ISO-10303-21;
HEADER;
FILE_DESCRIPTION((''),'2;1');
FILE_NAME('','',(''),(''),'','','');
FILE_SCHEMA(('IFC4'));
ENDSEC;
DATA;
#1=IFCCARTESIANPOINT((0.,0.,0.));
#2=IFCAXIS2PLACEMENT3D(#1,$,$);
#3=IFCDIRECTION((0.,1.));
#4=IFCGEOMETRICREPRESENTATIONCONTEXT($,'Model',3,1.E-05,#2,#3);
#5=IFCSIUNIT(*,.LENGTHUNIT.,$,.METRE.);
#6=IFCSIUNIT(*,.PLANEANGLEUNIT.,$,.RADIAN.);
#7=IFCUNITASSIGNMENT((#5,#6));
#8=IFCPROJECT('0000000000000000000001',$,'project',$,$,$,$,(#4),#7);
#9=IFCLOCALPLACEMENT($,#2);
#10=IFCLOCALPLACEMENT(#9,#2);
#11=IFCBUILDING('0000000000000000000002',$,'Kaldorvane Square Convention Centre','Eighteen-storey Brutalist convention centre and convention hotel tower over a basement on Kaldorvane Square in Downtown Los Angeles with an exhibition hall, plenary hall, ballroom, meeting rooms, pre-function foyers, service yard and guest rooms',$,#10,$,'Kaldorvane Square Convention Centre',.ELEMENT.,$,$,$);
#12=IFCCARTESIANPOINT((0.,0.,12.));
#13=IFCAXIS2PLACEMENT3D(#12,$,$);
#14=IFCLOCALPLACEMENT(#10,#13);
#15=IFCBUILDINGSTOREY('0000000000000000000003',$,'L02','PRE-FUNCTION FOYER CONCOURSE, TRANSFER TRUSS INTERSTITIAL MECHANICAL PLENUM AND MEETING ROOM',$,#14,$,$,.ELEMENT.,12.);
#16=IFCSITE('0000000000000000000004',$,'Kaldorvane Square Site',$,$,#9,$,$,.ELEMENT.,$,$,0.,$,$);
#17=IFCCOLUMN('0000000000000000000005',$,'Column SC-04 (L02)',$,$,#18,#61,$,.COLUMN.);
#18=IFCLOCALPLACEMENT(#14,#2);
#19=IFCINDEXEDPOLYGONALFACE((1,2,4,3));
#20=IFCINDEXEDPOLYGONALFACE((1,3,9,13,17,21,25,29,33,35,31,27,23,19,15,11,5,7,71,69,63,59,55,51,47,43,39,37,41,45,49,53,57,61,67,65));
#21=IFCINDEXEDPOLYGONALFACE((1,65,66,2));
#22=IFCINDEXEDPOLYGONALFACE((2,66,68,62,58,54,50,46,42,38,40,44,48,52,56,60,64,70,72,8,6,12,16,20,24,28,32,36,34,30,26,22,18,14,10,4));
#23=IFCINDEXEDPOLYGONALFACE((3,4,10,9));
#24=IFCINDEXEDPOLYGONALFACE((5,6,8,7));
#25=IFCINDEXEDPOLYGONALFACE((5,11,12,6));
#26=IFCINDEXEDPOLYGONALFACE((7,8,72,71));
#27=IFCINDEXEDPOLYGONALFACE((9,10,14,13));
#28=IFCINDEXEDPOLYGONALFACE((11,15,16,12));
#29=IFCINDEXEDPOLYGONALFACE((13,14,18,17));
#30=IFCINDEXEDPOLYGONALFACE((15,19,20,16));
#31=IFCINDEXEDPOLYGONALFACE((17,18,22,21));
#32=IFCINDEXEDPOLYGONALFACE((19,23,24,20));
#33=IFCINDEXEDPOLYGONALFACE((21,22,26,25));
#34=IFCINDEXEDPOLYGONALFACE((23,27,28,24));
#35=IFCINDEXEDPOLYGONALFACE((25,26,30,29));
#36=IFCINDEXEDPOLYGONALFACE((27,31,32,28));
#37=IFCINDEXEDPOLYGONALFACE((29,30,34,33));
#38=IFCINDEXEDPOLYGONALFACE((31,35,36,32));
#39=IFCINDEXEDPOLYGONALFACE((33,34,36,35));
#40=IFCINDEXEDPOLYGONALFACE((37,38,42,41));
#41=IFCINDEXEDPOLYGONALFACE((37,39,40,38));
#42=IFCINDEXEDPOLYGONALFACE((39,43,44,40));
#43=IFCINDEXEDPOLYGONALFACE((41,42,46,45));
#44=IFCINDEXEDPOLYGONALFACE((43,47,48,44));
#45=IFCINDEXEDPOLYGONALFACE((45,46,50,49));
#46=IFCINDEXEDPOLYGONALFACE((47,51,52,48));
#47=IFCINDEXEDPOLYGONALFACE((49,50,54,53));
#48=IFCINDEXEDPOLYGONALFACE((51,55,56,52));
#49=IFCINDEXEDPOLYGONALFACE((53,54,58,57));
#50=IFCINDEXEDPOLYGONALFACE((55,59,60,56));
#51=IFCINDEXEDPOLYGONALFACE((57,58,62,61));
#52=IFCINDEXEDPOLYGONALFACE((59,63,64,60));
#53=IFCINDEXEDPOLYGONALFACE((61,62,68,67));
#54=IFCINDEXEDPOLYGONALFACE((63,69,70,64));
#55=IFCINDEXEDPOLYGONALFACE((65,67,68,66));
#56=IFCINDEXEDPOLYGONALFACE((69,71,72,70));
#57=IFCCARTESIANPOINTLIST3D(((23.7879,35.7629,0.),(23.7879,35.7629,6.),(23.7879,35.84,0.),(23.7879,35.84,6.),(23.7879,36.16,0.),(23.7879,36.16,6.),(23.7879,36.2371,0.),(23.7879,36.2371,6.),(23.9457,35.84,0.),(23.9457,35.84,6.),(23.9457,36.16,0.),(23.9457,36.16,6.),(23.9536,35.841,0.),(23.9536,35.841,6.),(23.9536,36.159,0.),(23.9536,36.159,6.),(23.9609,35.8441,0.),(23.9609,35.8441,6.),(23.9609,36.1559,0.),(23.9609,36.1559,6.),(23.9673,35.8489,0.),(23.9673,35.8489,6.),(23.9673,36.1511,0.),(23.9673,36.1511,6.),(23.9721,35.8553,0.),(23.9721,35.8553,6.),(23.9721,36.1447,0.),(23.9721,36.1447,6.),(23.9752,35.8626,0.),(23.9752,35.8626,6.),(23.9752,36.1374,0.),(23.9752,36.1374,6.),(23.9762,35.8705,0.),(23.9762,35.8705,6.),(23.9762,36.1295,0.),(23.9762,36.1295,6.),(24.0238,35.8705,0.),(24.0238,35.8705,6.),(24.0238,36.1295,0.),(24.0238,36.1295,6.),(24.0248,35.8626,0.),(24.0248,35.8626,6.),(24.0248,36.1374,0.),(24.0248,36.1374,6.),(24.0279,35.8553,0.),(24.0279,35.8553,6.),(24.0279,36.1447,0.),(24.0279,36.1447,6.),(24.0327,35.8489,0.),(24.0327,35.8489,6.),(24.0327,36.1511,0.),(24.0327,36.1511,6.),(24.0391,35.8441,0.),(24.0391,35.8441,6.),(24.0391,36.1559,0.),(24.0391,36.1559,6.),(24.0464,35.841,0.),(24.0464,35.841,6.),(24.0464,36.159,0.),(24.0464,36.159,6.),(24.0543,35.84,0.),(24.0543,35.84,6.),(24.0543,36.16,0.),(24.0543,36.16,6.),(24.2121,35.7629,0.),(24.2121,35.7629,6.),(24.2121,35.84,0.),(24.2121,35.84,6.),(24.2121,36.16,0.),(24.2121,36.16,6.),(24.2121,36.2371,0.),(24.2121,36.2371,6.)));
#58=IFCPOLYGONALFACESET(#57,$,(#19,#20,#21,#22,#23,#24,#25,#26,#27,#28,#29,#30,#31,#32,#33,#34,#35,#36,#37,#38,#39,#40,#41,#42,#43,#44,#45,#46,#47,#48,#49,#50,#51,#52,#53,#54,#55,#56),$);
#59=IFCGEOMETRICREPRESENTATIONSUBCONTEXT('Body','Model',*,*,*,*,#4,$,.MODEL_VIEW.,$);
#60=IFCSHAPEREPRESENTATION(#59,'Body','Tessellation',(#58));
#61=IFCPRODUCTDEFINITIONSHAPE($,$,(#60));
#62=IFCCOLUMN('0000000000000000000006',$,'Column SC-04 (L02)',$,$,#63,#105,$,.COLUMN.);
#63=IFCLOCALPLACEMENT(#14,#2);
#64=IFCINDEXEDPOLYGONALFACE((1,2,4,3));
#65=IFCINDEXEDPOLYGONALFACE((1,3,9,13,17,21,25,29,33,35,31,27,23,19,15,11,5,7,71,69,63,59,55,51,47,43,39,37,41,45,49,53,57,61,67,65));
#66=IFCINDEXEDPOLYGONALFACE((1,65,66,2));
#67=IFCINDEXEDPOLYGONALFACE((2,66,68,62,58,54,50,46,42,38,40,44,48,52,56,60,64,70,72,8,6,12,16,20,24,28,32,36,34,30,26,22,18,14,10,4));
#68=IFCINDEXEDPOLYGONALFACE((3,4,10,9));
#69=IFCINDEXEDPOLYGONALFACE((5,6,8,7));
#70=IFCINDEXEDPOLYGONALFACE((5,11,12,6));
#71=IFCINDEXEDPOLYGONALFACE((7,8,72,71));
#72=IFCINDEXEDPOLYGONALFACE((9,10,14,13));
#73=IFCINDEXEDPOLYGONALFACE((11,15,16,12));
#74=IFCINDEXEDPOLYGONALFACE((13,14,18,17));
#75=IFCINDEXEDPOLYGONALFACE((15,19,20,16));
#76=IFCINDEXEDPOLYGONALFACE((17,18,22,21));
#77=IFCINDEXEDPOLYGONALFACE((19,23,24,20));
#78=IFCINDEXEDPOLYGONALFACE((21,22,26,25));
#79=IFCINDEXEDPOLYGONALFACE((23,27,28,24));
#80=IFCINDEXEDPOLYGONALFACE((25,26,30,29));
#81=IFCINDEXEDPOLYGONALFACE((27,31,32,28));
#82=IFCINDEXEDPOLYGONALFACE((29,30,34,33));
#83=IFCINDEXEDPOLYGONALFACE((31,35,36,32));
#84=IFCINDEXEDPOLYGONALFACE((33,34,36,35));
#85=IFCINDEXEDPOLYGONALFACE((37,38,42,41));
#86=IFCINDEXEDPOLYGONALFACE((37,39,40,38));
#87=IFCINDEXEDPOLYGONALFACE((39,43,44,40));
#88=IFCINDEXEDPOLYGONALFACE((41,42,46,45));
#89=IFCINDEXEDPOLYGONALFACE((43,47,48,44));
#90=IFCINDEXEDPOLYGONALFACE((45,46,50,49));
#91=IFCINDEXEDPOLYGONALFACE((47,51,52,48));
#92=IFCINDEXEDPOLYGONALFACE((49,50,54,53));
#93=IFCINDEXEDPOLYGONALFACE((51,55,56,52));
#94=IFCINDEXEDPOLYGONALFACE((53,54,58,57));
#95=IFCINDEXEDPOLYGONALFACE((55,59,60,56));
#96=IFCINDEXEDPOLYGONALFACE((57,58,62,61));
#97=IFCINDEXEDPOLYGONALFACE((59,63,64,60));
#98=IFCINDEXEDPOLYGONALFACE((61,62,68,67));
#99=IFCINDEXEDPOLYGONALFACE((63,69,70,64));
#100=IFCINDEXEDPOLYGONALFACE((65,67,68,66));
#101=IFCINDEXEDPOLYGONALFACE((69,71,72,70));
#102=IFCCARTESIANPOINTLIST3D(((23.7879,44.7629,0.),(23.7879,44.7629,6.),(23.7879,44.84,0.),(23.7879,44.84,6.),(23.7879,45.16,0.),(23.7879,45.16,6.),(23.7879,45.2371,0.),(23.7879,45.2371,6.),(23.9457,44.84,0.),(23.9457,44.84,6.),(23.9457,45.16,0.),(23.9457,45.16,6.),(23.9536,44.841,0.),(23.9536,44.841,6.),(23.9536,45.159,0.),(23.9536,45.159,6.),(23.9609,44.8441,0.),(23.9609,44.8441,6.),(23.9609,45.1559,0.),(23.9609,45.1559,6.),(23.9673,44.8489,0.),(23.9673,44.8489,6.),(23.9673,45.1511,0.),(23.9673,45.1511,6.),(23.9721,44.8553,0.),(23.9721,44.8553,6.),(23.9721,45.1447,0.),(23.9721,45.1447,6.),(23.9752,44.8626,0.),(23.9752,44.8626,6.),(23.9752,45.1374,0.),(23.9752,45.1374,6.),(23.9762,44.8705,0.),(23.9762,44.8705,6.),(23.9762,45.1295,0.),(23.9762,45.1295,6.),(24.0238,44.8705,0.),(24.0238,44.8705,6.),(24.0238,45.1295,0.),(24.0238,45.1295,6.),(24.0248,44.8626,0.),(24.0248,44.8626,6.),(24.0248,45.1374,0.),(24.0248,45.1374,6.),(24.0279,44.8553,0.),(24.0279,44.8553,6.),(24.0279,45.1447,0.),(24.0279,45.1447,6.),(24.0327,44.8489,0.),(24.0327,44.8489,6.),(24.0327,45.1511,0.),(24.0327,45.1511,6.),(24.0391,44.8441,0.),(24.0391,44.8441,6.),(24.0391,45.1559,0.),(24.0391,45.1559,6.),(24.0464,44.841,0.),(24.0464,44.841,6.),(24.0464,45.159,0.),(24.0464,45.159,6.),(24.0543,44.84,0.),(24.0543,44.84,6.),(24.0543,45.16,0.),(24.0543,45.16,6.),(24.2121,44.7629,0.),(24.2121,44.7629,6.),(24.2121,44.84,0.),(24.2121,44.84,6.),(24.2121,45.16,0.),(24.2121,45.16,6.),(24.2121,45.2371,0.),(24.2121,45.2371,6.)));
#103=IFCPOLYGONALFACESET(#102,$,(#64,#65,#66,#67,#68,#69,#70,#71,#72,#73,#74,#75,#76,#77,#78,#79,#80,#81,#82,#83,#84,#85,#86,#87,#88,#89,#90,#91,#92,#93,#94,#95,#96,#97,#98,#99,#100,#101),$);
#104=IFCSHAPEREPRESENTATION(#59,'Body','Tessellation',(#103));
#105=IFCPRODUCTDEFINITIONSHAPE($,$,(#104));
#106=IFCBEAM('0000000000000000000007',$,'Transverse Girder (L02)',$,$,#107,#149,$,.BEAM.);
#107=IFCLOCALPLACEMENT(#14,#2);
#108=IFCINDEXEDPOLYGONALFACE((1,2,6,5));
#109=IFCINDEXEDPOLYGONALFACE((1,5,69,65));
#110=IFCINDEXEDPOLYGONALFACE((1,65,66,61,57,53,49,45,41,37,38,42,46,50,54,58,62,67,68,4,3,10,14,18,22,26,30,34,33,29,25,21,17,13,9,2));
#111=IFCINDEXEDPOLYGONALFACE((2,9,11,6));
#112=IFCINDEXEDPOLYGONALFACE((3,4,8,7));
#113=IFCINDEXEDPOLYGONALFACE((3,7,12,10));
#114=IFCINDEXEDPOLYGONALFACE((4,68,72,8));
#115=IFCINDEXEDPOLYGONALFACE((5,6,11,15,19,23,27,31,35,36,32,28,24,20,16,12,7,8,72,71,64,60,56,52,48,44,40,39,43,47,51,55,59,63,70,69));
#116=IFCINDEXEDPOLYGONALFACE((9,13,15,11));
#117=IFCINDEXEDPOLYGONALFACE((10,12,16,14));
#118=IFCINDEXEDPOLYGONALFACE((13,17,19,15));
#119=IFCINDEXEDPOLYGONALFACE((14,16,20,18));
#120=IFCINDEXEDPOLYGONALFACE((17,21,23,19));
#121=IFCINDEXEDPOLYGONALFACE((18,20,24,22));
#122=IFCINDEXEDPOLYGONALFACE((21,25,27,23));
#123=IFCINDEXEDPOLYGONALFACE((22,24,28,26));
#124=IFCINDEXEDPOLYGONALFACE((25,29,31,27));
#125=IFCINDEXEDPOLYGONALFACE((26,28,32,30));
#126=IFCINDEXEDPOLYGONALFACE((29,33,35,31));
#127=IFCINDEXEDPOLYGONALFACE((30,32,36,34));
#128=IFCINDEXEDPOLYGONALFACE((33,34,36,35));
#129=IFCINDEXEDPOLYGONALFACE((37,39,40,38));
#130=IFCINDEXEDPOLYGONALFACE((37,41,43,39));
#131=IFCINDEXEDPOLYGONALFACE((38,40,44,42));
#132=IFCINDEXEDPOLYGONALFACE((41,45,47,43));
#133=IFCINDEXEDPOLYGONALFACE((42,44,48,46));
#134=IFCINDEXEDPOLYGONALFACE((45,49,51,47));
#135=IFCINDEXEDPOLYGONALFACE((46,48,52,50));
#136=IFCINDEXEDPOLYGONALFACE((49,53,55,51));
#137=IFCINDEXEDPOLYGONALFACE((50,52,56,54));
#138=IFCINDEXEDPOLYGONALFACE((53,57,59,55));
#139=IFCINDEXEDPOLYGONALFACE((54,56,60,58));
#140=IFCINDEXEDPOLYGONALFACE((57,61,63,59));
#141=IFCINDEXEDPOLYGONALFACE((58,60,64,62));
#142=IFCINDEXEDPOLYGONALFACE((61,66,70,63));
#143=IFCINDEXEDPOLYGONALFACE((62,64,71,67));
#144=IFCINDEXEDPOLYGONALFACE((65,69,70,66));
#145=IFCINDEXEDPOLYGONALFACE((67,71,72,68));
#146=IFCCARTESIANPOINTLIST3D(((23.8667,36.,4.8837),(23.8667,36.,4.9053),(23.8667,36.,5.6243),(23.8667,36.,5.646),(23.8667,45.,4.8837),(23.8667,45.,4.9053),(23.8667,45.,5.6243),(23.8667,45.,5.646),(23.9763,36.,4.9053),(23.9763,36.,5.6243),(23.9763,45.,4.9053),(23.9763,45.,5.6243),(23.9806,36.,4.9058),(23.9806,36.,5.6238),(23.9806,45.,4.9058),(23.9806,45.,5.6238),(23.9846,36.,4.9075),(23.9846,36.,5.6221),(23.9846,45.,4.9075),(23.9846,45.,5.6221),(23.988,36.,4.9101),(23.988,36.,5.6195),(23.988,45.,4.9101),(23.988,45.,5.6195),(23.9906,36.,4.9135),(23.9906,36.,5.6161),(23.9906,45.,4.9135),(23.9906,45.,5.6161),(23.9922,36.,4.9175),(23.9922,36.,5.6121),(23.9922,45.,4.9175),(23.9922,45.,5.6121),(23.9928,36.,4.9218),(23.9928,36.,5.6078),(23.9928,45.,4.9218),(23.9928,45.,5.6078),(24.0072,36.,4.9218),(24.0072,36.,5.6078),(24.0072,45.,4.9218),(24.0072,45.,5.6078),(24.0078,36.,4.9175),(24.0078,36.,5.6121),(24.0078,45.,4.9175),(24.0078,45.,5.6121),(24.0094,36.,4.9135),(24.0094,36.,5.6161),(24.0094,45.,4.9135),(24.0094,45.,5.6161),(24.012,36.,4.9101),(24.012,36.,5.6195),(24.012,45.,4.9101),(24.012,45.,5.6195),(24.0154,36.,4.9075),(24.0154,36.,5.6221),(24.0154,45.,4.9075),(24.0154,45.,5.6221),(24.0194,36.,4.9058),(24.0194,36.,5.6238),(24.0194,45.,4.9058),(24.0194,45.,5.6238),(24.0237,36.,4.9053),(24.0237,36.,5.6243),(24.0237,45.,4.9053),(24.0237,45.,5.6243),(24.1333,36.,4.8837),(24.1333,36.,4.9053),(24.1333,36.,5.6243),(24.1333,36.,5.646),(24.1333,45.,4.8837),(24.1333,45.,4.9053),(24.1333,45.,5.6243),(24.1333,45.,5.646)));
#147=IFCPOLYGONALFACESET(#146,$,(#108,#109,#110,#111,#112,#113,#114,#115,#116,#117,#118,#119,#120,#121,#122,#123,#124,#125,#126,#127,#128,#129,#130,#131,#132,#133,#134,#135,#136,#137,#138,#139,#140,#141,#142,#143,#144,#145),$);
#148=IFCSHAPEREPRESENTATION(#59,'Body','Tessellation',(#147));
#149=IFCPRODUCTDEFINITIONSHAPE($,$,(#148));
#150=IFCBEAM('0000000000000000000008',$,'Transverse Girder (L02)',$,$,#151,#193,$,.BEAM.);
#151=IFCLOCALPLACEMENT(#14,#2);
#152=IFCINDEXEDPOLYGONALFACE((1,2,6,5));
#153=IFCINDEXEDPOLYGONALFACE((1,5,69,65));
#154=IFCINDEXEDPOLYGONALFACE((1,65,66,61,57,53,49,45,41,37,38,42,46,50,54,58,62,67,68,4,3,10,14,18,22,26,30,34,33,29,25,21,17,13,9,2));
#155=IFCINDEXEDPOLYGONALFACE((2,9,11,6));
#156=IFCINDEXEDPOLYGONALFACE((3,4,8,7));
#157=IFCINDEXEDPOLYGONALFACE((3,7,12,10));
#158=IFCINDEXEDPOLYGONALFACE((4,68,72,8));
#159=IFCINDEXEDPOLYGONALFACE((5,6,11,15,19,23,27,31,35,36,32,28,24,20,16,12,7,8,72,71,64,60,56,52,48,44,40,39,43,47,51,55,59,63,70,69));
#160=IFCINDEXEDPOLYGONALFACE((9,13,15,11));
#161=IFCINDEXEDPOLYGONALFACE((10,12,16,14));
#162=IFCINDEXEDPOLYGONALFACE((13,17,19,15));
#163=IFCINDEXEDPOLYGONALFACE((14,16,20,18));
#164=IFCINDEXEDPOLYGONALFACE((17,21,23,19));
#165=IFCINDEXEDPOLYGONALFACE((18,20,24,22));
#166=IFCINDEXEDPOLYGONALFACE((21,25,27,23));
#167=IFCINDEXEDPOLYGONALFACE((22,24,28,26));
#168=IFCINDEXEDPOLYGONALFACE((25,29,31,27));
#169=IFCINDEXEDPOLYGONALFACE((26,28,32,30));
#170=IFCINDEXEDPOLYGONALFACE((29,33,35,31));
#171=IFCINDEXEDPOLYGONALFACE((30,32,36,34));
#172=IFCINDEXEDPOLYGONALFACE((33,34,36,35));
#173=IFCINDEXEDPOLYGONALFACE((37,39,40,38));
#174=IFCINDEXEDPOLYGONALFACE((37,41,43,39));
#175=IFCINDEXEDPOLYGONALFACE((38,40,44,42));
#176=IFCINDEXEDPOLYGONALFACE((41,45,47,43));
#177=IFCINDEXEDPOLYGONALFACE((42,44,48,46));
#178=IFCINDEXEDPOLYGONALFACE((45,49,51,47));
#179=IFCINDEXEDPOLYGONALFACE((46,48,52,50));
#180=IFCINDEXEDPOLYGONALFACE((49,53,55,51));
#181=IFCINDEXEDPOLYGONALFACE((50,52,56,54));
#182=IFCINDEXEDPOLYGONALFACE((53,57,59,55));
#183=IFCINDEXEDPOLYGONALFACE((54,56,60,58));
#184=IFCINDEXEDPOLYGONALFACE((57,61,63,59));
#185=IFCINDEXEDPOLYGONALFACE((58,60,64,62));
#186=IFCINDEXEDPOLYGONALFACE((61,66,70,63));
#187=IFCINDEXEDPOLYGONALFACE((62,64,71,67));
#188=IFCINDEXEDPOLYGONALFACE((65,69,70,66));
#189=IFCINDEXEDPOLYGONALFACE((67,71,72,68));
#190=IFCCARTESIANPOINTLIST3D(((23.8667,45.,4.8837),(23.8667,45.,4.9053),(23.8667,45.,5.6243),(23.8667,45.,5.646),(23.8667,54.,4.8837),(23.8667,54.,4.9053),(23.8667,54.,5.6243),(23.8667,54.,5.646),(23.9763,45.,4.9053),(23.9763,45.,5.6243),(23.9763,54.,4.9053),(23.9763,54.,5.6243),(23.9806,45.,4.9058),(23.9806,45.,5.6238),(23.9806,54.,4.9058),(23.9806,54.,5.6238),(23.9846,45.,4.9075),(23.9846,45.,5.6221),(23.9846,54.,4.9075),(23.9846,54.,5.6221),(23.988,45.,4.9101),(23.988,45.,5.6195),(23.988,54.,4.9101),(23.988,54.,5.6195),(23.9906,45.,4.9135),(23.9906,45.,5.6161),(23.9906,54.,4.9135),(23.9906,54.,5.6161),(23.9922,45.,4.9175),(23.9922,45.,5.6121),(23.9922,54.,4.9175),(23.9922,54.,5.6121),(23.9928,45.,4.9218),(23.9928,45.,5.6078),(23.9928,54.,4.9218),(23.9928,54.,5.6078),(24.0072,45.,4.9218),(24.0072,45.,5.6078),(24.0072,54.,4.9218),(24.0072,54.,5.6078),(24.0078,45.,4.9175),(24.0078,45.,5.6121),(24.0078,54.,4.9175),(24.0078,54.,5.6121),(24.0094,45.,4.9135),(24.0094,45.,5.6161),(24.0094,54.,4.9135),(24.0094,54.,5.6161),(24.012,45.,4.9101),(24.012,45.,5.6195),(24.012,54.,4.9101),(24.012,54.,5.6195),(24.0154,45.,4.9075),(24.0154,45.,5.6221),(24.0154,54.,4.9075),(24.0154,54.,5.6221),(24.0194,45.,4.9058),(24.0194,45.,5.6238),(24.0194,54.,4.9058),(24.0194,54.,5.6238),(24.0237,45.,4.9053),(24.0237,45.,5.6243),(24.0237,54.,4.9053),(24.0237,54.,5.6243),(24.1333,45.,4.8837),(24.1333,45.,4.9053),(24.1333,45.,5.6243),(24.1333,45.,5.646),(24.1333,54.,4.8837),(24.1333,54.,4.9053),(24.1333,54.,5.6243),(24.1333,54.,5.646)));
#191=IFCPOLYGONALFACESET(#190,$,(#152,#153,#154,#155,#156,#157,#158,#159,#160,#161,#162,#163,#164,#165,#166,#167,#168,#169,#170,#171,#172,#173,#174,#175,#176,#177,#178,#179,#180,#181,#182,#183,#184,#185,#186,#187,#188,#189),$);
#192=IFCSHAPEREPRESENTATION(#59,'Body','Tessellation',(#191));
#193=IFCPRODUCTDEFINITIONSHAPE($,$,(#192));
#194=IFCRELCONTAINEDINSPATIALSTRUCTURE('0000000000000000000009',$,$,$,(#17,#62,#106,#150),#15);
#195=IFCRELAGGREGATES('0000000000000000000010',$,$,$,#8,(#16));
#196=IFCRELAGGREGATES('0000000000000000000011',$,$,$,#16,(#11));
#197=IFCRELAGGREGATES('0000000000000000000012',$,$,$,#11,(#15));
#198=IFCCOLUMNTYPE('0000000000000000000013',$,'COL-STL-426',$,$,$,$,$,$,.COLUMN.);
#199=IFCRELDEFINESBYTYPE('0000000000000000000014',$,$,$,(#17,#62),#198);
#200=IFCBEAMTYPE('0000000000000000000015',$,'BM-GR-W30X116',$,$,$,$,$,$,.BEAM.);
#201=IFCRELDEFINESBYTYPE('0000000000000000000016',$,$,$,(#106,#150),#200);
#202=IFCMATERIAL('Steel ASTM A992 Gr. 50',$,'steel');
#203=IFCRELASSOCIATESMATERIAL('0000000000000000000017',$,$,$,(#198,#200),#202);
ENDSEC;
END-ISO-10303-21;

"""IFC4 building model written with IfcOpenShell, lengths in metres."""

from ifc_helpers import new_model, si_unit, direction, frame, origin, origin_2d, place, context, subcontext, project, spatial, i_section, extrude, material, material_profile, profile_set, type_object, element, save


model = new_model("IFC4")

# Units and contexts
model_context = context("Model", 3, precision=1e-05, world=origin(), true_north=direction((0.0, 1.0)))
body_context = subcontext(model_context, "Body", "Model", "MODEL_VIEW")
ifc_project = project(units=[si_unit("LENGTHUNIT", "METRE"), si_unit("PLANEANGLEUNIT", "RADIAN")], contexts=[model_context])

# Site, building, storey
site_placement = place(None, origin())
site = spatial("IfcSite", under=ifc_project, at=site_placement, Name="Kaldorvane Square Site", CompositionType="ELEMENT", RefElevation=0.0)
building_placement = place(site_placement, origin())
building = spatial("IfcBuilding", under=site, at=building_placement, Name="Kaldorvane Square Convention Centre", Description="Eighteen-storey Brutalist convention centre and convention hotel tower over a basement on Kaldorvane Square in Downtown Los Angeles with an exhibition hall, plenary hall, ballroom, meeting rooms, pre-function foyers, service yard and guest rooms", LongName="Kaldorvane Square Convention Centre", CompositionType="ELEMENT")
storey_placement = place(building_placement, frame((0.0, 0.0, 12.0)))
storey = spatial("IfcBuildingStorey", under=building, at=storey_placement, Name="L02", Description="PRE-FUNCTION FOYER CONCOURSE, TRANSFER TRUSS INTERSTITIAL MECHANICAL PLENUM AND MEETING ROOM", CompositionType="ELEMENT", Elevation=12.0)

# Columns
ifc_material_1 = material(Name="Steel ASTM A992 Gr. 50", Category="steel")
ifc_material_profile_1 = material_profile(ifc_material_1, i_section(OverallWidth=0.4241, OverallDepth=0.4742, WebThickness=0.0476, FlangeThickness=0.0771, FilletRadius=0.0305, at=origin_2d()), Name="W14X426")
ifc_profile_set_1 = profile_set([ifc_material_profile_1], Name="Steel ASTM A992 Gr. 50")
column_type = type_object("IfcColumnType", Name="COL-STL-426", PredefinedType="COLUMN", material=ifc_profile_set_1)
for number, where, z_axis, x_axis, name in (
    (1, (24.0, 36.0, 0.0), (0.0, 0.0, 1.0), (1.0, 0.0, 0.0), "Column SC-04 (L02)"),
    (2, (24.0, 45.0, 0.0), (0.0, 0.0, 1.0), (1.0, 0.0, 0.0), "Column SC-04 (L02)"),
):
    element("IfcColumn", number, at=place(storey_placement, frame(where, z_axis=z_axis, x_axis=x_axis)), inside=storey, type_object=column_type, Name=name, PredefinedType="COLUMN", context=body_context, shape_type="SweptSolid", body=[
        extrude(i_section(OverallWidth=0.4241, OverallDepth=0.4742, WebThickness=0.0476, FlangeThickness=0.0771, FilletRadius=0.0305, at=origin_2d()), origin(), (0.0, 0.0, 1.0), 6.0),
    ])

# Beams
ifc_material_profile_2 = material_profile(ifc_material_1, i_section(OverallWidth=0.2666, OverallDepth=0.7623, WebThickness=0.0144, FlangeThickness=0.0216, FilletRadius=0.0165, at=origin_2d()), Name="W30X116")
ifc_profile_set_2 = profile_set([ifc_material_profile_2], Name="Steel ASTM A992 Gr. 50")
beam_type_1 = type_object("IfcBeamType", Name="BM-GR-W30X116", PredefinedType="BEAM", material=ifc_profile_set_2)
for number, where, z_axis, x_axis, name in (
    (3, (24.0, 36.0, 5.2648), (0.0, 1.0, 0.0), (-1.0, 0.0, 0.0), "Transverse Girder (L02)"),
    (4, (24.0, 45.0, 5.2648), (0.0, 1.0, 0.0), (-1.0, 0.0, 0.0), "Transverse Girder (L02)"),
):
    element("IfcBeam", number, at=place(storey_placement, frame(where, z_axis=z_axis, x_axis=x_axis)), inside=storey, type_object=beam_type_1, Name=name, PredefinedType="BEAM", context=body_context, shape_type="SweptSolid", body=[
        extrude(i_section(OverallWidth=0.2666, OverallDepth=0.7623, WebThickness=0.0144, FlangeThickness=0.0216, FilletRadius=0.0165, at=origin_2d()), origin(), (0.0, 0.0, 1.0), 9.0),
    ])

save(model, "model.ifc")
